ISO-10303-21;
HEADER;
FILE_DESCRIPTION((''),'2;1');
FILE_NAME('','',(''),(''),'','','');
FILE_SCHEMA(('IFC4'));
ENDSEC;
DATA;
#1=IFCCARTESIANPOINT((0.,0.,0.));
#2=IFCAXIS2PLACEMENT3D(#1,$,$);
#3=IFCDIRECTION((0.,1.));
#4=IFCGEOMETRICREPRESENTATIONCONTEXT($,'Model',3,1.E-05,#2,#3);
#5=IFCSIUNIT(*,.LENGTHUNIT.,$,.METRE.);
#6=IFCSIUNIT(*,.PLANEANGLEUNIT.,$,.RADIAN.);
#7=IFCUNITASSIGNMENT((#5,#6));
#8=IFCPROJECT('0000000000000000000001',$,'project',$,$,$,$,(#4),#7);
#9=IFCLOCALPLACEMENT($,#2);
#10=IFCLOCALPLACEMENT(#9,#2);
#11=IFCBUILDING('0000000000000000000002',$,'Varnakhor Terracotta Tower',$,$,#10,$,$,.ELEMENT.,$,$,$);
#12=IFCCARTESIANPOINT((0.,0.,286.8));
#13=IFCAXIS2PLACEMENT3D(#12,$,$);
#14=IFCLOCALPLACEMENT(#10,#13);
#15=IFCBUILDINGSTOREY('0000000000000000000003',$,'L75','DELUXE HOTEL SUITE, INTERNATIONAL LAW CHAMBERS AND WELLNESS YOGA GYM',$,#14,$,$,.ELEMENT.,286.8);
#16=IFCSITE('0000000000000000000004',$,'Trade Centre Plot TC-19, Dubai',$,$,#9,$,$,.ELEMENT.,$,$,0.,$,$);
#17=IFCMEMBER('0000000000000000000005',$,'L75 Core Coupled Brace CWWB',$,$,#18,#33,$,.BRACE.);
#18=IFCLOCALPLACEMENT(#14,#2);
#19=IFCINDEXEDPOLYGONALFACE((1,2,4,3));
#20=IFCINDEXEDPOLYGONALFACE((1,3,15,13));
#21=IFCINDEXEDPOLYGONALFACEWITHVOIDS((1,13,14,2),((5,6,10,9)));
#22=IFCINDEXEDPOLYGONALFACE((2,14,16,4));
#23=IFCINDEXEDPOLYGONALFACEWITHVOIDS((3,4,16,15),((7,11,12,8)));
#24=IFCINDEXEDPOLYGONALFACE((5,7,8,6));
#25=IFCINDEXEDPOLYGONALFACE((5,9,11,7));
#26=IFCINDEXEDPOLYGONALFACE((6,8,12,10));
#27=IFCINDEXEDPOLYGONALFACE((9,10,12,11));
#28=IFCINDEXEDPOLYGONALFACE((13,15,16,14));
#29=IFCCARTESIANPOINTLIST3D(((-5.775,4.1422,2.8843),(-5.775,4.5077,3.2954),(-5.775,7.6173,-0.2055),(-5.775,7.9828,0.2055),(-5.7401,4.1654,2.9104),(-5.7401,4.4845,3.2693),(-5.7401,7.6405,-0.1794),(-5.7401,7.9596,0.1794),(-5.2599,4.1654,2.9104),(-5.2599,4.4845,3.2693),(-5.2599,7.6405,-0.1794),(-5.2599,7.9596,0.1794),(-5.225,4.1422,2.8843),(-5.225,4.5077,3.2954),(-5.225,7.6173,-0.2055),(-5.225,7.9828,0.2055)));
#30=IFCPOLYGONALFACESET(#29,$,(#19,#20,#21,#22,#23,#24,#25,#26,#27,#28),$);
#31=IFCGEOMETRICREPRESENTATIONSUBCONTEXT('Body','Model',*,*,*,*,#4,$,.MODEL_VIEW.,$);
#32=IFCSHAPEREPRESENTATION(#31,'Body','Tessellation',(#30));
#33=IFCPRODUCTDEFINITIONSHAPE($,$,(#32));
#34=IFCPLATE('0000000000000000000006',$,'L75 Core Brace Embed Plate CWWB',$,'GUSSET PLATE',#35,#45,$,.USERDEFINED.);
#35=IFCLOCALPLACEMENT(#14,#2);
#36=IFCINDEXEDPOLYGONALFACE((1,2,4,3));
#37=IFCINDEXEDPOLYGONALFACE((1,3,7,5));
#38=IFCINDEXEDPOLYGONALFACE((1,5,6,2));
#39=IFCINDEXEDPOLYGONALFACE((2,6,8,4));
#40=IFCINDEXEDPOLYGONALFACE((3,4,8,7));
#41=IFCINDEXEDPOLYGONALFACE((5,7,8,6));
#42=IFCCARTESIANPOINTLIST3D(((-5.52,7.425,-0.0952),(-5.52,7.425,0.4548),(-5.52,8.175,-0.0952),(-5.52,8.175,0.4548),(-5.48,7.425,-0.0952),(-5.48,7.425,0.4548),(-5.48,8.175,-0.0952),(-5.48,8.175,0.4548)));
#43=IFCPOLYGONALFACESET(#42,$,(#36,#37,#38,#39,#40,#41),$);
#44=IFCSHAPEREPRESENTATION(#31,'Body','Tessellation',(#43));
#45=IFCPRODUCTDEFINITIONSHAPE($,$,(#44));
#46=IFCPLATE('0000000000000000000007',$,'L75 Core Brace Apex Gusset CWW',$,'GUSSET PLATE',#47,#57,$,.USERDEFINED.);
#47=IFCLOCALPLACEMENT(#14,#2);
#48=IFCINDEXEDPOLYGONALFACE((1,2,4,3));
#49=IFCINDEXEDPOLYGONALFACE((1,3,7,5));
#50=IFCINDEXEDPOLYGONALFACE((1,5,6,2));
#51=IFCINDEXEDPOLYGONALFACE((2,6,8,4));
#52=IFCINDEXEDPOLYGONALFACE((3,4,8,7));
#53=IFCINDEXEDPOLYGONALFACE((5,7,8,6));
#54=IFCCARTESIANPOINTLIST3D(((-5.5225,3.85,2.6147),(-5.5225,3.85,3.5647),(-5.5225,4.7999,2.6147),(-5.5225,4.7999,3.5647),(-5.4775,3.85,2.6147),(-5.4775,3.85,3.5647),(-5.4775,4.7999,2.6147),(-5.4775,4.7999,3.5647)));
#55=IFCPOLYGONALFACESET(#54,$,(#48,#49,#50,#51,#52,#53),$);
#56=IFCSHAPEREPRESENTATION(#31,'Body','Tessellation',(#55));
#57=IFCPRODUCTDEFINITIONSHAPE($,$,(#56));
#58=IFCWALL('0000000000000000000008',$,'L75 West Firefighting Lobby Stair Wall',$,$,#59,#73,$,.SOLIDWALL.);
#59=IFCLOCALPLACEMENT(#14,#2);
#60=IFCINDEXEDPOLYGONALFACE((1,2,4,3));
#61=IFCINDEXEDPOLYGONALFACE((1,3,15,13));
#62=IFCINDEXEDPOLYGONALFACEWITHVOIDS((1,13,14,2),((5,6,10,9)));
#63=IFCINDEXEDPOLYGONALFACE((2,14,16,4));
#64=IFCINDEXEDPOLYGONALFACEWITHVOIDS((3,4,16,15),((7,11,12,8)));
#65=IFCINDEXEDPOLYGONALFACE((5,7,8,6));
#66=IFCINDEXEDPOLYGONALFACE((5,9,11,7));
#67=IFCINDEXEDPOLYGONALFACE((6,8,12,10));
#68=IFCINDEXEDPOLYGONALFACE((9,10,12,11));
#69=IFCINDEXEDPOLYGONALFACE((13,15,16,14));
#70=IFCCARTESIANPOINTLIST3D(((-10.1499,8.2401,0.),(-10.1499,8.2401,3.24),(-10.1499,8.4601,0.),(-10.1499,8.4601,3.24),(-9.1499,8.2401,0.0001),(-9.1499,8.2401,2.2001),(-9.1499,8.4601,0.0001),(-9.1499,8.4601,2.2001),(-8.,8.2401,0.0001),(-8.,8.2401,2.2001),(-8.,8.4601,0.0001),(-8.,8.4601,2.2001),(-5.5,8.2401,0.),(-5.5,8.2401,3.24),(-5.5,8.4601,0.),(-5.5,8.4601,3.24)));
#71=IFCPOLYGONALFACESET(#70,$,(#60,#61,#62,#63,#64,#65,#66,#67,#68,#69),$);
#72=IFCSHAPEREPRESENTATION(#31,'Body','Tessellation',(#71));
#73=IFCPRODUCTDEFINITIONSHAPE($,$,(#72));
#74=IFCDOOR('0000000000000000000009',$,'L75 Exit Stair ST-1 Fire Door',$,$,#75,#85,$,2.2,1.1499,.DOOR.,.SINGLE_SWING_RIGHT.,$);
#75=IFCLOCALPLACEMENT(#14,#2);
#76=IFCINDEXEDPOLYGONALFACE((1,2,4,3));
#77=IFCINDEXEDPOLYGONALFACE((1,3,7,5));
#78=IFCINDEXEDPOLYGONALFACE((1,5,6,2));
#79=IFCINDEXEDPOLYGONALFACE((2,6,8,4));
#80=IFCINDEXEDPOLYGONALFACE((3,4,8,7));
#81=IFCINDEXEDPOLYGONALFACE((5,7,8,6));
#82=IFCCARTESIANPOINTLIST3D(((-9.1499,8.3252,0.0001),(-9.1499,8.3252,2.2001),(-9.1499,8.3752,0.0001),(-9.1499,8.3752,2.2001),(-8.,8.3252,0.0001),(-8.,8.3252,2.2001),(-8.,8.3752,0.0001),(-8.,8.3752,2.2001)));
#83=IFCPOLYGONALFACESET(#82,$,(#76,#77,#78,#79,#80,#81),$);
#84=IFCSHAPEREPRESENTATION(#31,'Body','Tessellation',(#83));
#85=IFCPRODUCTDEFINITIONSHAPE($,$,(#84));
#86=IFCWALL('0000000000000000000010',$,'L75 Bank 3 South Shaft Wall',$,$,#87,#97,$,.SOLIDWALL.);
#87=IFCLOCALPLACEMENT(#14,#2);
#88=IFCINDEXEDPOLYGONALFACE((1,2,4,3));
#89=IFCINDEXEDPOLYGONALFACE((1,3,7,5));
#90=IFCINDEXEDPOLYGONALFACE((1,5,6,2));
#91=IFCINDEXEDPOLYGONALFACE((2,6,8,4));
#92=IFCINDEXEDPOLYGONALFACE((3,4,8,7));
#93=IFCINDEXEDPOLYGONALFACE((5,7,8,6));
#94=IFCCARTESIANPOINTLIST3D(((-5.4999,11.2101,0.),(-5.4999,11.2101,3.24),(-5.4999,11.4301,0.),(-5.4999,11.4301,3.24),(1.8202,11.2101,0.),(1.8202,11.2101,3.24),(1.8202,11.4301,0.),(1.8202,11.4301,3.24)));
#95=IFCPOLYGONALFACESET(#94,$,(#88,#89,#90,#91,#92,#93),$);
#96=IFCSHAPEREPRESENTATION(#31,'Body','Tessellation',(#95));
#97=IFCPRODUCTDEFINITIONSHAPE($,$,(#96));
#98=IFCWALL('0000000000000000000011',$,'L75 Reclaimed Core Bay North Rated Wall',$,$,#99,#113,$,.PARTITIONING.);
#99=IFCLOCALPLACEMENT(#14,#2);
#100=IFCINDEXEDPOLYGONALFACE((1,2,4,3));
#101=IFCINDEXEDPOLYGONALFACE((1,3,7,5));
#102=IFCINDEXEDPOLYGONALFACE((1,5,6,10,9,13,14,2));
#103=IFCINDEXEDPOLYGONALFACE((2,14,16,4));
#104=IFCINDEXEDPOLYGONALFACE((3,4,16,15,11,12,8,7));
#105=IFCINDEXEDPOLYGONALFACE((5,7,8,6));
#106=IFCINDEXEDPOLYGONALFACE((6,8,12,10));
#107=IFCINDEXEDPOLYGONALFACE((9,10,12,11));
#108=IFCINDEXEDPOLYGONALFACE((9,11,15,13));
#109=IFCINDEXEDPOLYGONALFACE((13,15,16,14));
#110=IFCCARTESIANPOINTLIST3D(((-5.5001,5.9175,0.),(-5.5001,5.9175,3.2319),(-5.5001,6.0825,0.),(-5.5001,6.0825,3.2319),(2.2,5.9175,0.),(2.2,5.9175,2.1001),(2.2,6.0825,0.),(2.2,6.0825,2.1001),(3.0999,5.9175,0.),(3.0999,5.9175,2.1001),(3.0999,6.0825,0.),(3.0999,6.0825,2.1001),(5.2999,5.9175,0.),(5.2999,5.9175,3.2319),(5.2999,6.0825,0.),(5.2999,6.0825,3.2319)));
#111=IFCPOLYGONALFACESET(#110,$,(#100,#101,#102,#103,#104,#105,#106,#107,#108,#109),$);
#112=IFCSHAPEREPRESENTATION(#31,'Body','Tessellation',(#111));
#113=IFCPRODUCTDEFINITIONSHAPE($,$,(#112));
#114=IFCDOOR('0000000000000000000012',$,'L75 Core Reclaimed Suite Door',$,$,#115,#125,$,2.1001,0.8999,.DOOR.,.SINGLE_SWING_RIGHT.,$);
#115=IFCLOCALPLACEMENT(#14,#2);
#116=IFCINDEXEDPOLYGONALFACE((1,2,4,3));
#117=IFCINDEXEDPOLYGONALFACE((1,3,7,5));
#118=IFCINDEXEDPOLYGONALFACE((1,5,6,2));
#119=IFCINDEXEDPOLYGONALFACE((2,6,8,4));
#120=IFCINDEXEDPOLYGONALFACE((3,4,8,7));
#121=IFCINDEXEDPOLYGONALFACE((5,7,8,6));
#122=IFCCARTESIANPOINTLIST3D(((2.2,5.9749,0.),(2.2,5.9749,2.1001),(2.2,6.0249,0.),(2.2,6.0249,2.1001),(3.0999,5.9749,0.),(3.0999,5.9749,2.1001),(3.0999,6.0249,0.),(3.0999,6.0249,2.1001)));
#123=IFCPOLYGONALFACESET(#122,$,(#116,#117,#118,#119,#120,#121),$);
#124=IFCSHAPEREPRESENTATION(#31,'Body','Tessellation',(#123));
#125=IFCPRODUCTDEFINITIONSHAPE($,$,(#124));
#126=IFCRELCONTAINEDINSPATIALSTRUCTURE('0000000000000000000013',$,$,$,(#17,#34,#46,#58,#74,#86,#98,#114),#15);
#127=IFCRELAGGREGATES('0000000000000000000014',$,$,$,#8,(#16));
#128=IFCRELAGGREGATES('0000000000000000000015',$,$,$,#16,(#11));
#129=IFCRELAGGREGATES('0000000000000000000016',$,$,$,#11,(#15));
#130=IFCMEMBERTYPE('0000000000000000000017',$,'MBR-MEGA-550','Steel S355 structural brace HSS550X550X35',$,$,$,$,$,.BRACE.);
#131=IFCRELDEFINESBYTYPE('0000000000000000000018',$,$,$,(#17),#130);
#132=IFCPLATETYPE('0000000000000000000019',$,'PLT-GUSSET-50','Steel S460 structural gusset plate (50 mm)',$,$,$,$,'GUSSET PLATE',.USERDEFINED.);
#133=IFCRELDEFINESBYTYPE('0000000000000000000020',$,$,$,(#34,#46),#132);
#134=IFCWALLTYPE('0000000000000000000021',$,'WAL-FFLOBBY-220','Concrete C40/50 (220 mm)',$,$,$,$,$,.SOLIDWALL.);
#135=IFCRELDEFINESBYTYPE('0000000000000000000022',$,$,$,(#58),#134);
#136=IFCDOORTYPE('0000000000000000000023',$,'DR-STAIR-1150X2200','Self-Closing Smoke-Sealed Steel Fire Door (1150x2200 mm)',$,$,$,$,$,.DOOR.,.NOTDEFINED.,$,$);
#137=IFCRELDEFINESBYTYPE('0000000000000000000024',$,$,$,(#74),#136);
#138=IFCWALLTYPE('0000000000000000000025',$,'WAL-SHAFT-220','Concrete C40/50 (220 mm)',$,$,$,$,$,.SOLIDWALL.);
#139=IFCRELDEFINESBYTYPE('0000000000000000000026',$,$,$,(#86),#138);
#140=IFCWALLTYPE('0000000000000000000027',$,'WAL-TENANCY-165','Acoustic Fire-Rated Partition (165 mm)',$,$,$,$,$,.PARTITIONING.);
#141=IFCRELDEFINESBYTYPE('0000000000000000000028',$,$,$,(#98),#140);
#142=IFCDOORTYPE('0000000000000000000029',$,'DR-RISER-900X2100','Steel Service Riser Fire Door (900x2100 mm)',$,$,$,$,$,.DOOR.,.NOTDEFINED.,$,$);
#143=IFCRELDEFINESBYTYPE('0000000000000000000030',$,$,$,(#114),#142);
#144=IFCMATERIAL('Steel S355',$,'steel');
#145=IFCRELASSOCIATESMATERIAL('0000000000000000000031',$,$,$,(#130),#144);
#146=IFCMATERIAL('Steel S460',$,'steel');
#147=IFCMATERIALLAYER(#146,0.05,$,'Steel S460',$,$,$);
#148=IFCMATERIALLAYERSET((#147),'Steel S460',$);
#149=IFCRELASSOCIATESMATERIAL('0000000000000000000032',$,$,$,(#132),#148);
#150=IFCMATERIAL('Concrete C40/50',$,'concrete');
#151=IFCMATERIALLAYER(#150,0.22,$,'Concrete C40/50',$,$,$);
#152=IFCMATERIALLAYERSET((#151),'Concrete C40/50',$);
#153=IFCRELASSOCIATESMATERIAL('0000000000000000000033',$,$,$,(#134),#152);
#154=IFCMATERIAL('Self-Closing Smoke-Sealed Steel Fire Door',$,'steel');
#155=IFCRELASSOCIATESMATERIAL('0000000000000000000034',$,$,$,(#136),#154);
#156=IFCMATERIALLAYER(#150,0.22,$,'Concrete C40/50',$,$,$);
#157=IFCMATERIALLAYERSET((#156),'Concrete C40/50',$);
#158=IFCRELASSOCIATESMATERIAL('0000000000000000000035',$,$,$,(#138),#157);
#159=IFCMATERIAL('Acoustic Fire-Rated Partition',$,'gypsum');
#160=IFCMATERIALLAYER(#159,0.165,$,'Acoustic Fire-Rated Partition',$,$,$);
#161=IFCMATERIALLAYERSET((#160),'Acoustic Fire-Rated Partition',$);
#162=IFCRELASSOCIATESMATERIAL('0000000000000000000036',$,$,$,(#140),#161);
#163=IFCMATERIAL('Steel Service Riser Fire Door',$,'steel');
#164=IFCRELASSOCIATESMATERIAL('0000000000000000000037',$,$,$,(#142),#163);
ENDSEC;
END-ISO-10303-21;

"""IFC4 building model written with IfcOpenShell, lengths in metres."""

from ifc_helpers import new_model, si_unit, direction, frame, frame_2d, origin, origin_2d, place, context, subcontext, project, spatial, rectangle, hollow_rectangle, extrude, source, transform, mapped, material, layer, layer_set, material_profile, profile_set, type_object, type_shapes, element, fill, save


model = new_model("IFC4")

# Units and contexts
model_context = context("Model", 3, precision=1e-05, world=origin(), true_north=direction((0.0, 1.0)))
body_context = subcontext(model_context, "Body", "Model", "MODEL_VIEW")
ifc_project = project(units=[si_unit("LENGTHUNIT", "METRE"), si_unit("PLANEANGLEUNIT", "RADIAN")], contexts=[model_context])

# Site, building, storey
site_placement = place(None, origin())
site = spatial("IfcSite", under=ifc_project, at=site_placement, Name="Trade Centre Plot TC-19, Dubai", CompositionType="ELEMENT", RefElevation=0.0)
building_placement = place(site_placement, origin())
building = spatial("IfcBuilding", under=site, at=building_placement, Name="Varnakhor Terracotta Tower", CompositionType="ELEMENT")
storey_placement = place(building_placement, frame((0.0, 0.0, 286.8)))
storey = spatial("IfcBuildingStorey", under=building, at=storey_placement, Name="L75", Description="DELUXE HOTEL SUITE, INTERNATIONAL LAW CHAMBERS AND WELLNESS YOGA GYM", CompositionType="ELEMENT", Elevation=286.8)

# Member
ifc_material_1 = material(Name="Steel S355", Category="steel")
ifc_material_profile = material_profile(ifc_material_1, hollow_rectangle(XDim=0.55, YDim=0.55, WallThickness=0.0349, at=origin_2d()), Name="HSS550X550X35")
ifc_profile_set = profile_set([ifc_material_profile], Name="Steel S355")
member_type = type_object("IfcMemberType", Name="MBR-MEGA-550", Description="Steel S355 structural brace HSS550X550X35", PredefinedType="BRACE", material=ifc_profile_set)
shared_shape_1 = source(origin(), body_context, "Body", "SweptSolid", [
    extrude(hollow_rectangle(XDim=0.55, YDim=0.55, WallThickness=0.0349, at=origin_2d()), origin(), (0.0, 0.0, 1.0), 4.6501),
])
member_placement = place(storey_placement, frame((-5.5, 7.8, 0.0), z_axis=(0.0, -0.747317, 0.664468), x_axis=(1.0, 0.0, 0.0)))
element("IfcMember", 1, at=member_placement, inside=storey, type_object=member_type, Name="L75 Core Coupled Brace CWWB", PredefinedType="BRACE", context=body_context, shape_type="MappedRepresentation", body=[
    mapped(shared_shape_1, transform((0.0, 0.0, 0.0), scale=1.0)),
])

# Plates
ifc_material_2 = material(Name="Steel S460", Category="steel")
ifc_layer_1 = layer(ifc_material_2, 0.05, Name="Steel S460")
ifc_layer_set_1 = layer_set([ifc_layer_1], Name="Steel S460")
plate_type = type_object("IfcPlateType", Name="PLT-GUSSET-50", Description="Steel S460 structural gusset plate (50 mm)", ElementType="GUSSET PLATE", PredefinedType="USERDEFINED", material=ifc_layer_set_1)
shared_shape_2 = source(origin(), body_context, "Body", "SweptSolid", [
    extrude(rectangle(XDim=0.75, YDim=0.04, at=origin_2d()), origin(), (0.0, 0.0, 1.0), 0.55),
])
type_shapes(plate_type, [shared_shape_2])
plate_1_placement = place(storey_placement, frame((-5.5, 7.8, -0.0952), z_axis=(0.0, 0.0, 1.0), x_axis=(0.0, 1.0, 0.0)))
element("IfcPlate", 2, at=plate_1_placement, inside=storey, type_object=plate_type, Name="L75 Core Brace Embed Plate CWWB", ObjectType="GUSSET PLATE", PredefinedType="USERDEFINED", context=body_context, shape_type="MappedRepresentation", body=[
    mapped(shared_shape_2, transform((0.0, 0.0, 0.0), scale=1.0)),
])
shared_shape_3 = source(origin(), body_context, "Body", "SweptSolid", [
    extrude(rectangle(XDim=0.95, YDim=0.0449, at=origin_2d()), origin(), (0.0, 0.0, 1.0), 0.95),
])
plate_2_placement = place(storey_placement, frame((-5.5, 4.325, 2.6147), z_axis=(0.0, 0.0, 1.0), x_axis=(0.0, 1.0, 0.0)))
element("IfcPlate", 3, at=plate_2_placement, inside=storey, type_object=plate_type, Name="L75 Core Brace Apex Gusset CWW", ObjectType="GUSSET PLATE", PredefinedType="USERDEFINED", context=body_context, shape_type="MappedRepresentation", body=[
    mapped(shared_shape_3, transform((0.0, 0.0, 0.0), scale=1.0)),
])

# Wall, opening, door
ifc_material_3 = material(Name="Concrete C40/50", Category="concrete")
ifc_layer_2 = layer(ifc_material_3, 0.22, Name="Concrete C40/50")
ifc_layer_set_2 = layer_set([ifc_layer_2], Name="Concrete C40/50")
wall_type_1 = type_object("IfcWallType", Name="WAL-FFLOBBY-220", Description="Concrete C40/50 (220 mm)", PredefinedType="SOLIDWALL", material=ifc_layer_set_2)
wall_1_placement = place(storey_placement, frame((-5.5, 8.3501, 0.0), z_axis=(0.0, 0.0, 1.0), x_axis=(-1.0, 0.0, 0.0)))
wall_1 = element("IfcWall", 4, at=wall_1_placement, inside=storey, type_object=wall_type_1, Name="L75 West Firefighting Lobby Stair Wall", PredefinedType="SOLIDWALL", context=body_context, shape_type="SweptSolid", body=[
    extrude(rectangle(XDim=4.6499, YDim=0.22, at=frame_2d((2.325, 0.0))), origin(), (0.0, 0.0, 1.0), 3.24),
])
opening_1_placement = place(wall_1_placement, frame((2.5, 0.0, 0.0)))
opening_1 = element("IfcOpeningElement", 5, at=opening_1_placement, cuts=wall_1, PredefinedType="OPENING", context=body_context, shape_type="SweptSolid", body=[
    extrude(rectangle(XDim=1.1499, YDim=2.2, at=frame_2d((0.575, 1.1001))), frame((0.0, 0.1201, 0.0), z_axis=(0.0, -1.0, 0.0), x_axis=(1.0, 0.0, 0.0)), (0.0, 0.0, 1.0), 0.24),
])
ifc_material_4 = material(Name="Self-Closing Smoke-Sealed Steel Fire Door", Category="steel")
door_type_1 = type_object("IfcDoorType", Name="DR-STAIR-1150X2200", Description="Self-Closing Smoke-Sealed Steel Fire Door (1150x2200 mm)", OperationType="NOTDEFINED", PredefinedType="DOOR", material=ifc_material_4)
shared_shape_4 = source(origin(), body_context, "Body", "SweptSolid", [
    extrude(rectangle(XDim=1.1499, YDim=2.2, at=frame_2d((0.575, 1.1001))), frame((0.0, 0.0249, 0.0), z_axis=(0.0, -1.0, 0.0), x_axis=(1.0, 0.0, 0.0)), (0.0, 0.0, 1.0), 0.05),
])
type_shapes(door_type_1, [shared_shape_4])
door_1_placement = place(opening_1_placement, origin())
door_1 = element("IfcDoor", 6, at=door_1_placement, inside=storey, type_object=door_type_1, Name="L75 Exit Stair ST-1 Fire Door", OperationType="SINGLE_SWING_RIGHT", OverallHeight=2.2, OverallWidth=1.1499, PredefinedType="DOOR", context=body_context, shape_type="MappedRepresentation", body=[
    mapped(shared_shape_4, transform((0.0, 0.0, 0.0), scale=1.0)),
])
fill(opening_1, door_1)

# Wall
ifc_layer_3 = layer(ifc_material_3, 0.22, Name="Concrete C40/50")
ifc_layer_set_3 = layer_set([ifc_layer_3], Name="Concrete C40/50")
wall_type_2 = type_object("IfcWallType", Name="WAL-SHAFT-220", Description="Concrete C40/50 (220 mm)", PredefinedType="SOLIDWALL", material=ifc_layer_set_3)
wall_2_placement = place(storey_placement, frame((-5.5, 11.3201, 0.0), z_axis=(0.0, 0.0, 1.0), x_axis=(1.0, 0.0, 0.0)))
element("IfcWall", 7, at=wall_2_placement, inside=storey, type_object=wall_type_2, Name="L75 Bank 3 South Shaft Wall", PredefinedType="SOLIDWALL", context=body_context, shape_type="SweptSolid", body=[
    extrude(rectangle(XDim=7.3201, YDim=0.22, at=frame_2d((3.6602, 0.0))), origin(), (0.0, 0.0, 1.0), 3.24),
])

# Wall, opening, door
ifc_material_5 = material(Name="Acoustic Fire-Rated Partition", Category="gypsum")
ifc_layer_4 = layer(ifc_material_5, 0.165, Name="Acoustic Fire-Rated Partition")
ifc_layer_set_4 = layer_set([ifc_layer_4], Name="Acoustic Fire-Rated Partition")
wall_type_3 = type_object("IfcWallType", Name="WAL-TENANCY-165", Description="Acoustic Fire-Rated Partition (165 mm)", PredefinedType="PARTITIONING", material=ifc_layer_set_4)
wall_3_placement = place(storey_placement, frame((-5.5, 6.0, 0.0), z_axis=(0.0, 0.0, 1.0), x_axis=(1.0, 0.0, 0.0)))
wall_3 = element("IfcWall", 8, at=wall_3_placement, inside=storey, type_object=wall_type_3, Name="L75 Reclaimed Core Bay North Rated Wall", PredefinedType="PARTITIONING", context=body_context, shape_type="SweptSolid", body=[
    extrude(rectangle(XDim=10.8, YDim=0.165, at=frame_2d((5.3999, 0.0))), origin(), (0.0, 0.0, 1.0), 3.2319),
])
opening_2_placement = place(wall_3_placement, frame((7.7, 0.0, 0.0)))
opening_2 = element("IfcOpeningElement", 9, at=opening_2_placement, cuts=wall_3, PredefinedType="OPENING", context=body_context, shape_type="SweptSolid", body=[
    extrude(rectangle(XDim=0.8999, YDim=2.1001, at=frame_2d((0.45, 1.05))), frame((0.0, 0.0925, 0.0), z_axis=(0.0, -1.0, 0.0), x_axis=(1.0, 0.0, 0.0)), (0.0, 0.0, 1.0), 0.1851),
])
ifc_material_6 = material(Name="Steel Service Riser Fire Door", Category="steel")
door_type_2 = type_object("IfcDoorType", Name="DR-RISER-900X2100", Description="Steel Service Riser Fire Door (900x2100 mm)", OperationType="NOTDEFINED", PredefinedType="DOOR", material=ifc_material_6)
shared_shape_5 = source(origin(), body_context, "Body", "SweptSolid", [
    extrude(rectangle(XDim=0.8999, YDim=2.1001, at=frame_2d((0.45, 1.05))), frame((0.0, 0.0249, 0.0), z_axis=(0.0, -1.0, 0.0), x_axis=(1.0, 0.0, 0.0)), (0.0, 0.0, 1.0), 0.05),
])
type_shapes(door_type_2, [shared_shape_5])
door_2_placement = place(opening_2_placement, origin())
door_2 = element("IfcDoor", 10, at=door_2_placement, inside=storey, type_object=door_type_2, Name="L75 Core Reclaimed Suite Door", OperationType="SINGLE_SWING_RIGHT", OverallHeight=2.1001, OverallWidth=0.8999, PredefinedType="DOOR", context=body_context, shape_type="MappedRepresentation", body=[
    mapped(shared_shape_5, transform((0.0, 0.0, 0.0), scale=1.0)),
])
fill(opening_2, door_2)

save(model, "model.ifc")
